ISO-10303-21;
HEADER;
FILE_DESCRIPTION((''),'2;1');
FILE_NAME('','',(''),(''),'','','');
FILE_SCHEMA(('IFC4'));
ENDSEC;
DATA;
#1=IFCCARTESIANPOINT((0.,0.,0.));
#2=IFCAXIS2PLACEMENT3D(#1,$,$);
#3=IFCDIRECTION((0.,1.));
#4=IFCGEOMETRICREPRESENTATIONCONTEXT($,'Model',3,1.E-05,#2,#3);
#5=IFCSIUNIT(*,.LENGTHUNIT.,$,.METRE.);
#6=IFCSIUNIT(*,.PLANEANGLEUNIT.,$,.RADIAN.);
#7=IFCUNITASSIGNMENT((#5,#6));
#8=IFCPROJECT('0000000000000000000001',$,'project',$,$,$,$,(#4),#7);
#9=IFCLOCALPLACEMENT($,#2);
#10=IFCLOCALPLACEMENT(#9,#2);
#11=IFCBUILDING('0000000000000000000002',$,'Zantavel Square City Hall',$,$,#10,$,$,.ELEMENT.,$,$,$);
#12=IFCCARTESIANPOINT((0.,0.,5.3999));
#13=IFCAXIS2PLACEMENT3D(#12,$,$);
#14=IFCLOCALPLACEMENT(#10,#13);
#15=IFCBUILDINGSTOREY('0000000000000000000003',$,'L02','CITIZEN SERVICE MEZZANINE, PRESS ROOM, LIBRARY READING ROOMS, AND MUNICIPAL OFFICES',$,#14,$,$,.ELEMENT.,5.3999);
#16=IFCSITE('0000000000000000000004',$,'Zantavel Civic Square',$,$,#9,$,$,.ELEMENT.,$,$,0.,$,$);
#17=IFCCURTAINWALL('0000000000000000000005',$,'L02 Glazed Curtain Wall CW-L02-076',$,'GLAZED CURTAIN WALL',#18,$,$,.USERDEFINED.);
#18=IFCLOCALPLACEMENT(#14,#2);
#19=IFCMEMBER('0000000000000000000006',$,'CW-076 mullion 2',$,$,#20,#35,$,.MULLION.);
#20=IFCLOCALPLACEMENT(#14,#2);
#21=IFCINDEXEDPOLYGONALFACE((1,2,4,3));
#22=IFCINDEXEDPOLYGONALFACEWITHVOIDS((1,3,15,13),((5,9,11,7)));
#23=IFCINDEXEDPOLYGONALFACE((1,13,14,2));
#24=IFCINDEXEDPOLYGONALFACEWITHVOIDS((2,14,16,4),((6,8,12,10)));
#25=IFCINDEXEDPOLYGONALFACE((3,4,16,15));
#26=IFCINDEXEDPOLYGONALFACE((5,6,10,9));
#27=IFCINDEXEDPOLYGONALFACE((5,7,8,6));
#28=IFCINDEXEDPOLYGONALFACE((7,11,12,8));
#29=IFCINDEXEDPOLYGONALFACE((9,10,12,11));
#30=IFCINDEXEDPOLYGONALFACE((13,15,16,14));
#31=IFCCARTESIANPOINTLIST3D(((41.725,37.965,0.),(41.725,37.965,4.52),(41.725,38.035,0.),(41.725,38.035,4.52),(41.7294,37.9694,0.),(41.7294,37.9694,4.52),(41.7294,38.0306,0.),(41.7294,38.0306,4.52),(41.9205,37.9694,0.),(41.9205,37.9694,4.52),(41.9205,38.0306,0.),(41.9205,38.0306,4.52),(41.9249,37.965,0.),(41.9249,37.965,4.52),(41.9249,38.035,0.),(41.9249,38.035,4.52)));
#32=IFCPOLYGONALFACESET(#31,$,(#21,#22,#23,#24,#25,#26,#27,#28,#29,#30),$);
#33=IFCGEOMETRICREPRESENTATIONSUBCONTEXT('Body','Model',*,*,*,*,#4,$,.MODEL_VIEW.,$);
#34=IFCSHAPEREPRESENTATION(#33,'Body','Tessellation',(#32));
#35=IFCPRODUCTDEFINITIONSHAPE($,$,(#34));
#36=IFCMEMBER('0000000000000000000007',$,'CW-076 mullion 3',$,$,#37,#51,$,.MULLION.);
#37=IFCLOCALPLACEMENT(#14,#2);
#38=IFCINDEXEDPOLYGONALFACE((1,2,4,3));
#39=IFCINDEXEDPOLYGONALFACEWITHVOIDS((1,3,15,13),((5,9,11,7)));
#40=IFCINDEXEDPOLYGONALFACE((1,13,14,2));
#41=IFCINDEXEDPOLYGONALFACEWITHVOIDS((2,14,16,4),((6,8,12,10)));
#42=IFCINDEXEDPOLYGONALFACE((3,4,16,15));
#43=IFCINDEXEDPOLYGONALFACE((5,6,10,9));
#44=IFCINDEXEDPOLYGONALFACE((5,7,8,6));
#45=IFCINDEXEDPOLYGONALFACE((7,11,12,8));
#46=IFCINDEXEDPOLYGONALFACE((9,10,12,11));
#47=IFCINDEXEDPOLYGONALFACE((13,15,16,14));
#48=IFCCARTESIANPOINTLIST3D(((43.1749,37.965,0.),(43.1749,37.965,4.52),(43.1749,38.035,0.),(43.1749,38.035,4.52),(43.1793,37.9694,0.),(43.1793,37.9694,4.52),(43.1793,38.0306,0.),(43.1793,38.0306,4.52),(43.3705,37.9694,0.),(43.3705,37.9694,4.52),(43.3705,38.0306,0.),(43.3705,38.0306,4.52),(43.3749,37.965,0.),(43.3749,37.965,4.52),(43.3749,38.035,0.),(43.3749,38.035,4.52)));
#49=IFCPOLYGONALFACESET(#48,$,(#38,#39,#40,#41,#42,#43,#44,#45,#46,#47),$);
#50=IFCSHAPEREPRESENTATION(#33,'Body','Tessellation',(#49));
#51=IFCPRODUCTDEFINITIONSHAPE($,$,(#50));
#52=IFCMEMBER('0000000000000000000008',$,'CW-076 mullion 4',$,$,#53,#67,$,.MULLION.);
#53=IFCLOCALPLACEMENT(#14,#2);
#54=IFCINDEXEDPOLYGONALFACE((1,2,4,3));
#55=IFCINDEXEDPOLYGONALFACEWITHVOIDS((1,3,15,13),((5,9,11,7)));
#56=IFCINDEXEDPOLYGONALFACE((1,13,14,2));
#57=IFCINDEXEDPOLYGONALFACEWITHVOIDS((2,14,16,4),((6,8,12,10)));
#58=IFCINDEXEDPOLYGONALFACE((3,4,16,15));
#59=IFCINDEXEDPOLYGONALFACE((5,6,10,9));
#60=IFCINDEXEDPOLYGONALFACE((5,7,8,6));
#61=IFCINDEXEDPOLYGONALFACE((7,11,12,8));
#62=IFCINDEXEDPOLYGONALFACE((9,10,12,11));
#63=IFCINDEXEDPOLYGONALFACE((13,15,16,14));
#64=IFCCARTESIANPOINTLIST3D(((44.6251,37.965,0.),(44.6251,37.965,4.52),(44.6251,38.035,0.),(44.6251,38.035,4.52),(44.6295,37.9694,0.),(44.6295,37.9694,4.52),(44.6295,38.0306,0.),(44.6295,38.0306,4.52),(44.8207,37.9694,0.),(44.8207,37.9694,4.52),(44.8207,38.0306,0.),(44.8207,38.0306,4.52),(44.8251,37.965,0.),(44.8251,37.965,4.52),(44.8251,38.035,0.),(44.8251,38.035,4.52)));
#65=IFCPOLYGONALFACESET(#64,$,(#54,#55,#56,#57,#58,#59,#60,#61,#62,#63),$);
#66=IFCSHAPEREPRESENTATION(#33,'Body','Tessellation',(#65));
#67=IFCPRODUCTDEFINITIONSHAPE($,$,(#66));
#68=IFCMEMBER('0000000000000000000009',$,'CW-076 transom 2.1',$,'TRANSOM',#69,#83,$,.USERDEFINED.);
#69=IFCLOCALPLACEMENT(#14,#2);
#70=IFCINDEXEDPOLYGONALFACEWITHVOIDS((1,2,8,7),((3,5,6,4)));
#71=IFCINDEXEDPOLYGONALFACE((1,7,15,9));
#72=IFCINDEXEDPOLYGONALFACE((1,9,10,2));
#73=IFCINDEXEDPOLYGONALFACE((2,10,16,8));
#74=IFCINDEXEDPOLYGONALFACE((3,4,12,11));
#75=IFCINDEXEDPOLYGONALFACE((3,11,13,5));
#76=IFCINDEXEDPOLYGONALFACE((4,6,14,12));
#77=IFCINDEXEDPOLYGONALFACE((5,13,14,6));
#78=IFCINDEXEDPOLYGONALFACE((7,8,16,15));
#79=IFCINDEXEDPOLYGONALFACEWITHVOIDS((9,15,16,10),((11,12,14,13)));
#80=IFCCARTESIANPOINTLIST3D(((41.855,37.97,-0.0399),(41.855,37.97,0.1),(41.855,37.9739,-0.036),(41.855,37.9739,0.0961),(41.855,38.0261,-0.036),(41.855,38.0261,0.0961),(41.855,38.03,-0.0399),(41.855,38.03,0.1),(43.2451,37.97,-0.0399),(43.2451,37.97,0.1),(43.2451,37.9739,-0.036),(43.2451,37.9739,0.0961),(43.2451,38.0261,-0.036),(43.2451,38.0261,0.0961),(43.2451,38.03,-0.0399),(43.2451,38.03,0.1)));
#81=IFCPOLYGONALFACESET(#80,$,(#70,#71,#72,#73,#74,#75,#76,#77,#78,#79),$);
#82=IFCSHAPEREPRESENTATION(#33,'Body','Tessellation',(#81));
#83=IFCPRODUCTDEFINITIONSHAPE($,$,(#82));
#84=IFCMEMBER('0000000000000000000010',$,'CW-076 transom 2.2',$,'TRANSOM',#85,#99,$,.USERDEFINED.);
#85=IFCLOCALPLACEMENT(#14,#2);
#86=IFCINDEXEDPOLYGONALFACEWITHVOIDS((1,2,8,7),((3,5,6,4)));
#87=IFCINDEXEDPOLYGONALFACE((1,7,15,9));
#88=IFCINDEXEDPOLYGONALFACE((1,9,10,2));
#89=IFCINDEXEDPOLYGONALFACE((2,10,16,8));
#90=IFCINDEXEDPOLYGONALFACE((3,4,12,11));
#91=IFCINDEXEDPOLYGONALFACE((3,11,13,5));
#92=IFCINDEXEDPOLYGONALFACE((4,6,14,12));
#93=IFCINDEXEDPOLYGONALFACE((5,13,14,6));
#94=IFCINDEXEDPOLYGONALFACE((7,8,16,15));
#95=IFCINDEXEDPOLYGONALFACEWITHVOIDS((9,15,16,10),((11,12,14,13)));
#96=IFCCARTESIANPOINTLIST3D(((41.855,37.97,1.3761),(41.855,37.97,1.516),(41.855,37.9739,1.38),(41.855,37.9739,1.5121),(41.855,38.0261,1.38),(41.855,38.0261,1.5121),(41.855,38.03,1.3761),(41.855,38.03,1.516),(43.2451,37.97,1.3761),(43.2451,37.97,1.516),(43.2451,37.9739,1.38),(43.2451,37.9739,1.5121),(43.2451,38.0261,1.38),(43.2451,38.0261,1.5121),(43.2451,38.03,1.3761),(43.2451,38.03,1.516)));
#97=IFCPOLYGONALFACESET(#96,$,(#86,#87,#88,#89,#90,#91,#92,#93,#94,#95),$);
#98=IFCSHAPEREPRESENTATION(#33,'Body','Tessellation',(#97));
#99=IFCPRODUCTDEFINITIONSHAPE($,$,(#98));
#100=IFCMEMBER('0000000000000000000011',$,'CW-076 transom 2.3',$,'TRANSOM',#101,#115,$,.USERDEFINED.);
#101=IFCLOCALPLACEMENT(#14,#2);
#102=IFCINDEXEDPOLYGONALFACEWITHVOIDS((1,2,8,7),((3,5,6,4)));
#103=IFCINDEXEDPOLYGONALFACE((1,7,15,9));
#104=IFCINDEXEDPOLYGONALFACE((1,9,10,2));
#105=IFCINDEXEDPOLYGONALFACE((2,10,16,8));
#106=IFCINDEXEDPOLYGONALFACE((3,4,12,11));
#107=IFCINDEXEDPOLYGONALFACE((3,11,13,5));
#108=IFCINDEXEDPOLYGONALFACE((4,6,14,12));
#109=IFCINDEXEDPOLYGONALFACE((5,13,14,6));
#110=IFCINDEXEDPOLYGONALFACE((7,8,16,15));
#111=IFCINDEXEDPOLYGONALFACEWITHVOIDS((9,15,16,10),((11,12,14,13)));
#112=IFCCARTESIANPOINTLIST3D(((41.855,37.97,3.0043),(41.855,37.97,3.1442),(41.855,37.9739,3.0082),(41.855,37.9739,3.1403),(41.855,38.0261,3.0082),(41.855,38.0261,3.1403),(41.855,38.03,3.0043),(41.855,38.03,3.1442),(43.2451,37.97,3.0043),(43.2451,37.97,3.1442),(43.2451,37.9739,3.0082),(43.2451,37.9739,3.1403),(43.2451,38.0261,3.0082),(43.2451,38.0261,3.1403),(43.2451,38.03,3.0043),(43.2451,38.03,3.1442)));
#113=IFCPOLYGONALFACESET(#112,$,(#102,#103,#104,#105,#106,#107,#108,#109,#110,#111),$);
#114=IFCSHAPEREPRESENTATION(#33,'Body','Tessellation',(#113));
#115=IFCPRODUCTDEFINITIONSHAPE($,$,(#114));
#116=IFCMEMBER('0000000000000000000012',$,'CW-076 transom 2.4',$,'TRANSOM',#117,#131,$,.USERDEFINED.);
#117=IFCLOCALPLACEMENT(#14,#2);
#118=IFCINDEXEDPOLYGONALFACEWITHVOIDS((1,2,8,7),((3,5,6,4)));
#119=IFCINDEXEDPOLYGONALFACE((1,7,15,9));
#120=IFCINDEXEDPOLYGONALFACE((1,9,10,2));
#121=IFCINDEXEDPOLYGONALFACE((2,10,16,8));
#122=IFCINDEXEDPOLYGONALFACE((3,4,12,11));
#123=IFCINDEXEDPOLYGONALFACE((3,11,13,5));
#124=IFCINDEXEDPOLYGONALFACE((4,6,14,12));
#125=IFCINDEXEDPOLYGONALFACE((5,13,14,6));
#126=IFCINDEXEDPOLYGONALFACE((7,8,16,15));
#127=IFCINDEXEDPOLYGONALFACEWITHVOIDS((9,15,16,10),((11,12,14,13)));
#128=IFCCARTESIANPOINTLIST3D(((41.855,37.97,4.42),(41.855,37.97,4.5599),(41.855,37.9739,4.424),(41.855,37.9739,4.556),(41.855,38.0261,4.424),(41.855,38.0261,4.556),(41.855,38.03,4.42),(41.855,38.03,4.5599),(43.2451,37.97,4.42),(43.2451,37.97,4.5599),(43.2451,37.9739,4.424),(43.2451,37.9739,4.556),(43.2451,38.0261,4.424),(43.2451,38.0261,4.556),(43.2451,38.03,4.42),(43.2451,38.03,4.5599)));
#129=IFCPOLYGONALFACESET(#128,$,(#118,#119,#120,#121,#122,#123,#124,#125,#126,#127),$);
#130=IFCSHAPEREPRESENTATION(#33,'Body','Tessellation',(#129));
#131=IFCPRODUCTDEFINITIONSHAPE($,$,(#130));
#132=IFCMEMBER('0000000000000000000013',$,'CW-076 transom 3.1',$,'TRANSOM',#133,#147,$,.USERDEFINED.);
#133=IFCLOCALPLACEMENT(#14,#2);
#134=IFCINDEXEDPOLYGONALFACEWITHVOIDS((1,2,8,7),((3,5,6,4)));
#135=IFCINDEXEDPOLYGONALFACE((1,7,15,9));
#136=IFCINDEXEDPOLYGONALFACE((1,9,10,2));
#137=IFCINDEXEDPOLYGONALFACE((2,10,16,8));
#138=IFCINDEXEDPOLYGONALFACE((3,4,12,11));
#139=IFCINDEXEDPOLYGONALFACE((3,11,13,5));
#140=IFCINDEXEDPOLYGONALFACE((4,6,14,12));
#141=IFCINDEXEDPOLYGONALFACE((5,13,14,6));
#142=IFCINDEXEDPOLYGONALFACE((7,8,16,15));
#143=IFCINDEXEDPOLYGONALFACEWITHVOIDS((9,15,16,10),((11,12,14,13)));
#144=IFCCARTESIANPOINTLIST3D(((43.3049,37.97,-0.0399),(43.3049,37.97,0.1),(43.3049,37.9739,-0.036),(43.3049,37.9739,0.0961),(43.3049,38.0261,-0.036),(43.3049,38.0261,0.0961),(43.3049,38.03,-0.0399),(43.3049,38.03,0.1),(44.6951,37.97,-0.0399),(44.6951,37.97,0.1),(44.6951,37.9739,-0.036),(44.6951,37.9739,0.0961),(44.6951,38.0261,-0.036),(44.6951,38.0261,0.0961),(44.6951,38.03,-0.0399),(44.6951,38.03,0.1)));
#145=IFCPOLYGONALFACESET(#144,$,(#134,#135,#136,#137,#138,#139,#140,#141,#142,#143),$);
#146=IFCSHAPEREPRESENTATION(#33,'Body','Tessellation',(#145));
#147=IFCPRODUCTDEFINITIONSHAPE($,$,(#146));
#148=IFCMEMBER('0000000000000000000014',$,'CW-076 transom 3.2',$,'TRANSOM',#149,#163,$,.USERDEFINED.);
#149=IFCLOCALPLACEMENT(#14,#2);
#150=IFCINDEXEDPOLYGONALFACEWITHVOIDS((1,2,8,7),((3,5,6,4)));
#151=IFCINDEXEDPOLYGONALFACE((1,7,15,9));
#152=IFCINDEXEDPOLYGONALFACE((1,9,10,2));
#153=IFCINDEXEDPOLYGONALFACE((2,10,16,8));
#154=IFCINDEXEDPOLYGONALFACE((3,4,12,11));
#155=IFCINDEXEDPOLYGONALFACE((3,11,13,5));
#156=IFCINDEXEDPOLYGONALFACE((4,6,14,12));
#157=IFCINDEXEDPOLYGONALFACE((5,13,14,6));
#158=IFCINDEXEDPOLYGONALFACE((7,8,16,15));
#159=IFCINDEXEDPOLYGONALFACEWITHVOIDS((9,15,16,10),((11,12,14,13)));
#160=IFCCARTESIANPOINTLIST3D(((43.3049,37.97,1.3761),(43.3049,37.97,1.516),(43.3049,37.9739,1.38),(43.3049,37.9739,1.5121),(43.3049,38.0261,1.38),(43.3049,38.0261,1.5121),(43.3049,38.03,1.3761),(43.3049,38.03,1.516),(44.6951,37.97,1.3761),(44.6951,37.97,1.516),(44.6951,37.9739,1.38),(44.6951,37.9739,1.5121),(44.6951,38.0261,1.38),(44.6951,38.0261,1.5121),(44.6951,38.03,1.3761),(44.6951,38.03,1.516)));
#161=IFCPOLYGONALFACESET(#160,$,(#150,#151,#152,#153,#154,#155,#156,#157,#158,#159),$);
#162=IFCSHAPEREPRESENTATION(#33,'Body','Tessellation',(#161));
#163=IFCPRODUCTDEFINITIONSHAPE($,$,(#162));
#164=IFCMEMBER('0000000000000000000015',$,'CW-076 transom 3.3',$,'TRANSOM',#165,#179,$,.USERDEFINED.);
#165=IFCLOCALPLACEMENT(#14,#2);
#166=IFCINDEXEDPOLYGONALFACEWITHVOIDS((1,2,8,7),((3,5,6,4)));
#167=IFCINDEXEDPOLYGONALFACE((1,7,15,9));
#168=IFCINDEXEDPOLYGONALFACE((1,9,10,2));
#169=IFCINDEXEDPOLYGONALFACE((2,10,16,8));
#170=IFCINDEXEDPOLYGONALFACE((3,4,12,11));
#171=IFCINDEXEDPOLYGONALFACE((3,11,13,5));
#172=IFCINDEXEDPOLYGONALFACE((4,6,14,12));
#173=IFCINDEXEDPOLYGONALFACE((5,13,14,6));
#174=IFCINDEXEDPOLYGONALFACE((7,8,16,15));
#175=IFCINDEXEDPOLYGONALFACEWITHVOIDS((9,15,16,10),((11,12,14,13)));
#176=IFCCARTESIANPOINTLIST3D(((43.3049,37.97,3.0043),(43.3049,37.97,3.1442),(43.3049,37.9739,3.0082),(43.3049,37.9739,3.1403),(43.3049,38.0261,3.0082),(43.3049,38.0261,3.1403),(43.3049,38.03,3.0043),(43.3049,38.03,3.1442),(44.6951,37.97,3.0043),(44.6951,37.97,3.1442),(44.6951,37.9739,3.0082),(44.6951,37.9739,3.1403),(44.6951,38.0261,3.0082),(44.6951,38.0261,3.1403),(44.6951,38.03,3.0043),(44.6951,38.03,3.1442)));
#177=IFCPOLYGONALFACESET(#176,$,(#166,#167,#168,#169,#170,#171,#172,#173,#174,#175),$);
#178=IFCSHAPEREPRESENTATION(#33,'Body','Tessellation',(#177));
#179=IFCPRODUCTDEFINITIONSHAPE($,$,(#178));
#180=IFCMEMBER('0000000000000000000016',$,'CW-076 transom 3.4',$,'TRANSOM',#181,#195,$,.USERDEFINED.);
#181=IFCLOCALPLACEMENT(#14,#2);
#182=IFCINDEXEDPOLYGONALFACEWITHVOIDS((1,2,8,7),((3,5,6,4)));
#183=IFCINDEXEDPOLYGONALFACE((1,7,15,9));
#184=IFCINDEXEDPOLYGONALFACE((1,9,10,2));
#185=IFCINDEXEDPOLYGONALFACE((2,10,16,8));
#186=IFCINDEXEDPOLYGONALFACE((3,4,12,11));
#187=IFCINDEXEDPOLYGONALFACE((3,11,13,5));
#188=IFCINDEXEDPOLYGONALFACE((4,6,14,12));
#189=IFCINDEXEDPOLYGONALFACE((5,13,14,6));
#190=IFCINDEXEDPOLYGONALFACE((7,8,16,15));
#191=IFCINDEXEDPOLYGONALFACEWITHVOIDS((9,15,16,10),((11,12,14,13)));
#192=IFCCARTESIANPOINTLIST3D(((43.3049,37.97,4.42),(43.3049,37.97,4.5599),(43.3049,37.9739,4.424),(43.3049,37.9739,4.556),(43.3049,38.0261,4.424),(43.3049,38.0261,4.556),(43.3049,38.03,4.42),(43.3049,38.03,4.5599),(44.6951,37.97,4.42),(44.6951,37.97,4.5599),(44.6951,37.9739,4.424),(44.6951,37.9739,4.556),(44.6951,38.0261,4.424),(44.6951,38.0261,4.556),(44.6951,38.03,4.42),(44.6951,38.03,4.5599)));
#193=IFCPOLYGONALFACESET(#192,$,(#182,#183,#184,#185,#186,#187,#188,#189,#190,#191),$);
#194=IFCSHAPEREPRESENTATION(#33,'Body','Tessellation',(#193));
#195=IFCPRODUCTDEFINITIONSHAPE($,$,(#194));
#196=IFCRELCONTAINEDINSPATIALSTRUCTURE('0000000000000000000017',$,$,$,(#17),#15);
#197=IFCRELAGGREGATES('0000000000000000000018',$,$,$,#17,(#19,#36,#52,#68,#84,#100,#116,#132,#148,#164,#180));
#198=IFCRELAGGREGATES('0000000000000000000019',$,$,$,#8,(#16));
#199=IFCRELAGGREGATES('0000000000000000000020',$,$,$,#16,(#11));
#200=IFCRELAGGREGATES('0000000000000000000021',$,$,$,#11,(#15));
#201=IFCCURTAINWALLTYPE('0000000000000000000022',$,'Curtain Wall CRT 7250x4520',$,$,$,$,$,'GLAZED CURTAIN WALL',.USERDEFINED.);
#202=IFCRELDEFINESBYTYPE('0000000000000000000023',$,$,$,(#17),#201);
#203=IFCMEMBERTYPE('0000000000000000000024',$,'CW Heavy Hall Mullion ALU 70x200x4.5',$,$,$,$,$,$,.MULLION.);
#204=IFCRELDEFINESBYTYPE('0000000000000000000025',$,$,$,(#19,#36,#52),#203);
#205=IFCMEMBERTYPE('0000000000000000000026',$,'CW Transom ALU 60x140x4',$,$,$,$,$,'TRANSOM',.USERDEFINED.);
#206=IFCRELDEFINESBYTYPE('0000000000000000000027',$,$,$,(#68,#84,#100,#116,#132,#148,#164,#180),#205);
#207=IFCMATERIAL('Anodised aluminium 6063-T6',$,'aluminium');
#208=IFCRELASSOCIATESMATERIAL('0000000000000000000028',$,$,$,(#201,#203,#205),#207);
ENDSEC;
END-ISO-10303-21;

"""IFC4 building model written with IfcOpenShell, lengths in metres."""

from ifc_helpers import new_model, si_unit, direction, frame, origin, origin_2d, place, context, subcontext, project, spatial, hollow_rectangle, extrude, material, material_profile, profile_set, type_object, element, aggregate, save


model = new_model("IFC4")

# Units and contexts
model_context = context("Model", 3, precision=1e-05, world=origin(), true_north=direction((0.0, 1.0)))
body_context = subcontext(model_context, "Body", "Model", "MODEL_VIEW")
ifc_project = project(units=[si_unit("LENGTHUNIT", "METRE"), si_unit("PLANEANGLEUNIT", "RADIAN")], contexts=[model_context])

# Site, building, storey
site_placement = place(None, origin())
site = spatial("IfcSite", under=ifc_project, at=site_placement, Name="Zantavel Civic Square", CompositionType="ELEMENT", RefElevation=0.0)
building_placement = place(site_placement, origin())
building = spatial("IfcBuilding", under=site, at=building_placement, Name="Zantavel Square City Hall", CompositionType="ELEMENT")
storey_placement = place(building_placement, frame((0.0, 0.0, 5.3999)))
storey = spatial("IfcBuildingStorey", under=building, at=storey_placement, Name="L02", Description="CITIZEN SERVICE MEZZANINE, PRESS ROOM, LIBRARY READING ROOMS, AND MUNICIPAL OFFICES", CompositionType="ELEMENT", Elevation=5.3999)

# Curtain wall, members
ifc_material_1 = material(Name="Anodised aluminium 6063-T6", Category="aluminium")
curtain_wall_type = type_object("IfcCurtainWallType", Name="Curtain Wall CRT 7250x4520", ElementType="GLAZED CURTAIN WALL", PredefinedType="USERDEFINED", material=ifc_material_1)
curtain_wall_placement = place(storey_placement, origin())
curtain_wall = element("IfcCurtainWall", 1, at=curtain_wall_placement, inside=storey, type_object=curtain_wall_type, Name="L02 Glazed Curtain Wall CW-L02-076", ObjectType="GLAZED CURTAIN WALL", PredefinedType="USERDEFINED")
ifc_material_profile_1 = material_profile(ifc_material_1, hollow_rectangle(XDim=0.0701, YDim=0.2, WallThickness=0.0044, at=origin_2d()), Name="ALU 70x200x4.5")
ifc_profile_set_1 = profile_set([ifc_material_profile_1], Name="Anodised aluminium 6063-T6")
member_type_1 = type_object("IfcMemberType", Name="CW Heavy Hall Mullion ALU 70x200x4.5", PredefinedType="MULLION", material=ifc_profile_set_1)
member_1_placement = place(storey_placement, frame((41.825, 38.0, 0.0), z_axis=(0.0, 0.0, 1.0), x_axis=(0.0, 1.0, 0.0)))
member_1 = element("IfcMember", 2, at=member_1_placement, type_object=member_type_1, Name="CW-076 mullion 2", PredefinedType="MULLION", context=body_context, shape_type="SweptSolid", body=[
    extrude(hollow_rectangle(XDim=0.0701, YDim=0.2, WallThickness=0.0044, at=origin_2d()), origin(), (0.0, 0.0, 1.0), 4.52),
])
member_2_placement = place(storey_placement, frame((43.2749, 38.0, 0.0), z_axis=(0.0, 0.0, 1.0), x_axis=(0.0, 1.0, 0.0)))
member_2 = element("IfcMember", 3, at=member_2_placement, type_object=member_type_1, Name="CW-076 mullion 3", PredefinedType="MULLION", context=body_context, shape_type="SweptSolid", body=[
    extrude(hollow_rectangle(XDim=0.0701, YDim=0.2, WallThickness=0.0044, at=origin_2d()), origin(), (0.0, 0.0, 1.0), 4.52),
])
member_3_placement = place(storey_placement, frame((44.7251, 38.0, 0.0), z_axis=(0.0, 0.0, 1.0), x_axis=(0.0, 1.0, 0.0)))
member_3 = element("IfcMember", 4, at=member_3_placement, type_object=member_type_1, Name="CW-076 mullion 4", PredefinedType="MULLION", context=body_context, shape_type="SweptSolid", body=[
    extrude(hollow_rectangle(XDim=0.0701, YDim=0.2, WallThickness=0.0044, at=origin_2d()), origin(), (0.0, 0.0, 1.0), 4.52),
])
ifc_material_profile_2 = material_profile(ifc_material_1, hollow_rectangle(XDim=0.0601, YDim=0.1399, WallThickness=0.0039, at=origin_2d()), Name="ALU 60x140x4")
ifc_profile_set_2 = profile_set([ifc_material_profile_2], Name="Anodised aluminium 6063-T6")
member_type_2 = type_object("IfcMemberType", Name="CW Transom ALU 60x140x4", ElementType="TRANSOM", PredefinedType="USERDEFINED", material=ifc_profile_set_2)
member_4_placement = place(storey_placement, frame((41.855, 38.0, 0.03), z_axis=(1.0, 0.0, 0.0), x_axis=(0.0, 1.0, 0.0)))
member_4 = element("IfcMember", 5, at=member_4_placement, type_object=member_type_2, Name="CW-076 transom 2.1", ObjectType="TRANSOM", PredefinedType="USERDEFINED", context=body_context, shape_type="SweptSolid", body=[
    extrude(hollow_rectangle(XDim=0.0601, YDim=0.1399, WallThickness=0.0039, at=origin_2d()), origin(), (0.0, 0.0, 1.0), 1.3901),
])
member_5_placement = place(storey_placement, frame((41.855, 38.0, 1.446), z_axis=(1.0, 0.0, 0.0), x_axis=(0.0, 1.0, 0.0)))
member_5 = element("IfcMember", 6, at=member_5_placement, type_object=member_type_2, Name="CW-076 transom 2.2", ObjectType="TRANSOM", PredefinedType="USERDEFINED", context=body_context, shape_type="SweptSolid", body=[
    extrude(hollow_rectangle(XDim=0.0601, YDim=0.1399, WallThickness=0.0039, at=origin_2d()), origin(), (0.0, 0.0, 1.0), 1.3901),
])
member_6_placement = place(storey_placement, frame((41.855, 38.0, 3.0742), z_axis=(1.0, 0.0, 0.0), x_axis=(0.0, 1.0, 0.0)))
member_6 = element("IfcMember", 7, at=member_6_placement, type_object=member_type_2, Name="CW-076 transom 2.3", ObjectType="TRANSOM", PredefinedType="USERDEFINED", context=body_context, shape_type="SweptSolid", body=[
    extrude(hollow_rectangle(XDim=0.0601, YDim=0.1399, WallThickness=0.0039, at=origin_2d()), origin(), (0.0, 0.0, 1.0), 1.3901),
])
member_7_placement = place(storey_placement, frame((41.855, 38.0, 4.49), z_axis=(1.0, 0.0, 0.0), x_axis=(0.0, 1.0, 0.0)))
member_7 = element("IfcMember", 8, at=member_7_placement, type_object=member_type_2, Name="CW-076 transom 2.4", ObjectType="TRANSOM", PredefinedType="USERDEFINED", context=body_context, shape_type="SweptSolid", body=[
    extrude(hollow_rectangle(XDim=0.0601, YDim=0.1399, WallThickness=0.0039, at=origin_2d()), origin(), (0.0, 0.0, 1.0), 1.3901),
])
member_8_placement = place(storey_placement, frame((43.3049, 38.0, 0.03), z_axis=(1.0, 0.0, 0.0), x_axis=(0.0, 1.0, 0.0)))
member_8 = element("IfcMember", 9, at=member_8_placement, type_object=member_type_2, Name="CW-076 transom 3.1", ObjectType="TRANSOM", PredefinedType="USERDEFINED", context=body_context, shape_type="SweptSolid", body=[
    extrude(hollow_rectangle(XDim=0.0601, YDim=0.1399, WallThickness=0.0039, at=origin_2d()), origin(), (0.0, 0.0, 1.0), 1.3901),
])
member_9_placement = place(storey_placement, frame((43.3049, 38.0, 1.446), z_axis=(1.0, 0.0, 0.0), x_axis=(0.0, 1.0, 0.0)))
member_9 = element("IfcMember", 10, at=member_9_placement, type_object=member_type_2, Name="CW-076 transom 3.2", ObjectType="TRANSOM", PredefinedType="USERDEFINED", context=body_context, shape_type="SweptSolid", body=[
    extrude(hollow_rectangle(XDim=0.0601, YDim=0.1399, WallThickness=0.0039, at=origin_2d()), origin(), (0.0, 0.0, 1.0), 1.3901),
])
member_10_placement = place(storey_placement, frame((43.3049, 38.0, 3.0742), z_axis=(1.0, 0.0, 0.0), x_axis=(0.0, 1.0, 0.0)))
member_10 = element("IfcMember", 11, at=member_10_placement, type_object=member_type_2, Name="CW-076 transom 3.3", ObjectType="TRANSOM", PredefinedType="USERDEFINED", context=body_context, shape_type="SweptSolid", body=[
    extrude(hollow_rectangle(XDim=0.0601, YDim=0.1399, WallThickness=0.0039, at=origin_2d()), origin(), (0.0, 0.0, 1.0), 1.3901),
])
member_11_placement = place(storey_placement, frame((43.3049, 38.0, 4.49), z_axis=(1.0, 0.0, 0.0), x_axis=(0.0, 1.0, 0.0)))
member_11 = element("IfcMember", 12, at=member_11_placement, type_object=member_type_2, Name="CW-076 transom 3.4", ObjectType="TRANSOM", PredefinedType="USERDEFINED", context=body_context, shape_type="SweptSolid", body=[
    extrude(hollow_rectangle(XDim=0.0601, YDim=0.1399, WallThickness=0.0039, at=origin_2d()), origin(), (0.0, 0.0, 1.0), 1.3901),
])
aggregate(curtain_wall, [member_1, member_2, member_3, member_4, member_5, member_6, member_7, member_8, member_9, member_10, member_11])

save(model, "model.ifc")
